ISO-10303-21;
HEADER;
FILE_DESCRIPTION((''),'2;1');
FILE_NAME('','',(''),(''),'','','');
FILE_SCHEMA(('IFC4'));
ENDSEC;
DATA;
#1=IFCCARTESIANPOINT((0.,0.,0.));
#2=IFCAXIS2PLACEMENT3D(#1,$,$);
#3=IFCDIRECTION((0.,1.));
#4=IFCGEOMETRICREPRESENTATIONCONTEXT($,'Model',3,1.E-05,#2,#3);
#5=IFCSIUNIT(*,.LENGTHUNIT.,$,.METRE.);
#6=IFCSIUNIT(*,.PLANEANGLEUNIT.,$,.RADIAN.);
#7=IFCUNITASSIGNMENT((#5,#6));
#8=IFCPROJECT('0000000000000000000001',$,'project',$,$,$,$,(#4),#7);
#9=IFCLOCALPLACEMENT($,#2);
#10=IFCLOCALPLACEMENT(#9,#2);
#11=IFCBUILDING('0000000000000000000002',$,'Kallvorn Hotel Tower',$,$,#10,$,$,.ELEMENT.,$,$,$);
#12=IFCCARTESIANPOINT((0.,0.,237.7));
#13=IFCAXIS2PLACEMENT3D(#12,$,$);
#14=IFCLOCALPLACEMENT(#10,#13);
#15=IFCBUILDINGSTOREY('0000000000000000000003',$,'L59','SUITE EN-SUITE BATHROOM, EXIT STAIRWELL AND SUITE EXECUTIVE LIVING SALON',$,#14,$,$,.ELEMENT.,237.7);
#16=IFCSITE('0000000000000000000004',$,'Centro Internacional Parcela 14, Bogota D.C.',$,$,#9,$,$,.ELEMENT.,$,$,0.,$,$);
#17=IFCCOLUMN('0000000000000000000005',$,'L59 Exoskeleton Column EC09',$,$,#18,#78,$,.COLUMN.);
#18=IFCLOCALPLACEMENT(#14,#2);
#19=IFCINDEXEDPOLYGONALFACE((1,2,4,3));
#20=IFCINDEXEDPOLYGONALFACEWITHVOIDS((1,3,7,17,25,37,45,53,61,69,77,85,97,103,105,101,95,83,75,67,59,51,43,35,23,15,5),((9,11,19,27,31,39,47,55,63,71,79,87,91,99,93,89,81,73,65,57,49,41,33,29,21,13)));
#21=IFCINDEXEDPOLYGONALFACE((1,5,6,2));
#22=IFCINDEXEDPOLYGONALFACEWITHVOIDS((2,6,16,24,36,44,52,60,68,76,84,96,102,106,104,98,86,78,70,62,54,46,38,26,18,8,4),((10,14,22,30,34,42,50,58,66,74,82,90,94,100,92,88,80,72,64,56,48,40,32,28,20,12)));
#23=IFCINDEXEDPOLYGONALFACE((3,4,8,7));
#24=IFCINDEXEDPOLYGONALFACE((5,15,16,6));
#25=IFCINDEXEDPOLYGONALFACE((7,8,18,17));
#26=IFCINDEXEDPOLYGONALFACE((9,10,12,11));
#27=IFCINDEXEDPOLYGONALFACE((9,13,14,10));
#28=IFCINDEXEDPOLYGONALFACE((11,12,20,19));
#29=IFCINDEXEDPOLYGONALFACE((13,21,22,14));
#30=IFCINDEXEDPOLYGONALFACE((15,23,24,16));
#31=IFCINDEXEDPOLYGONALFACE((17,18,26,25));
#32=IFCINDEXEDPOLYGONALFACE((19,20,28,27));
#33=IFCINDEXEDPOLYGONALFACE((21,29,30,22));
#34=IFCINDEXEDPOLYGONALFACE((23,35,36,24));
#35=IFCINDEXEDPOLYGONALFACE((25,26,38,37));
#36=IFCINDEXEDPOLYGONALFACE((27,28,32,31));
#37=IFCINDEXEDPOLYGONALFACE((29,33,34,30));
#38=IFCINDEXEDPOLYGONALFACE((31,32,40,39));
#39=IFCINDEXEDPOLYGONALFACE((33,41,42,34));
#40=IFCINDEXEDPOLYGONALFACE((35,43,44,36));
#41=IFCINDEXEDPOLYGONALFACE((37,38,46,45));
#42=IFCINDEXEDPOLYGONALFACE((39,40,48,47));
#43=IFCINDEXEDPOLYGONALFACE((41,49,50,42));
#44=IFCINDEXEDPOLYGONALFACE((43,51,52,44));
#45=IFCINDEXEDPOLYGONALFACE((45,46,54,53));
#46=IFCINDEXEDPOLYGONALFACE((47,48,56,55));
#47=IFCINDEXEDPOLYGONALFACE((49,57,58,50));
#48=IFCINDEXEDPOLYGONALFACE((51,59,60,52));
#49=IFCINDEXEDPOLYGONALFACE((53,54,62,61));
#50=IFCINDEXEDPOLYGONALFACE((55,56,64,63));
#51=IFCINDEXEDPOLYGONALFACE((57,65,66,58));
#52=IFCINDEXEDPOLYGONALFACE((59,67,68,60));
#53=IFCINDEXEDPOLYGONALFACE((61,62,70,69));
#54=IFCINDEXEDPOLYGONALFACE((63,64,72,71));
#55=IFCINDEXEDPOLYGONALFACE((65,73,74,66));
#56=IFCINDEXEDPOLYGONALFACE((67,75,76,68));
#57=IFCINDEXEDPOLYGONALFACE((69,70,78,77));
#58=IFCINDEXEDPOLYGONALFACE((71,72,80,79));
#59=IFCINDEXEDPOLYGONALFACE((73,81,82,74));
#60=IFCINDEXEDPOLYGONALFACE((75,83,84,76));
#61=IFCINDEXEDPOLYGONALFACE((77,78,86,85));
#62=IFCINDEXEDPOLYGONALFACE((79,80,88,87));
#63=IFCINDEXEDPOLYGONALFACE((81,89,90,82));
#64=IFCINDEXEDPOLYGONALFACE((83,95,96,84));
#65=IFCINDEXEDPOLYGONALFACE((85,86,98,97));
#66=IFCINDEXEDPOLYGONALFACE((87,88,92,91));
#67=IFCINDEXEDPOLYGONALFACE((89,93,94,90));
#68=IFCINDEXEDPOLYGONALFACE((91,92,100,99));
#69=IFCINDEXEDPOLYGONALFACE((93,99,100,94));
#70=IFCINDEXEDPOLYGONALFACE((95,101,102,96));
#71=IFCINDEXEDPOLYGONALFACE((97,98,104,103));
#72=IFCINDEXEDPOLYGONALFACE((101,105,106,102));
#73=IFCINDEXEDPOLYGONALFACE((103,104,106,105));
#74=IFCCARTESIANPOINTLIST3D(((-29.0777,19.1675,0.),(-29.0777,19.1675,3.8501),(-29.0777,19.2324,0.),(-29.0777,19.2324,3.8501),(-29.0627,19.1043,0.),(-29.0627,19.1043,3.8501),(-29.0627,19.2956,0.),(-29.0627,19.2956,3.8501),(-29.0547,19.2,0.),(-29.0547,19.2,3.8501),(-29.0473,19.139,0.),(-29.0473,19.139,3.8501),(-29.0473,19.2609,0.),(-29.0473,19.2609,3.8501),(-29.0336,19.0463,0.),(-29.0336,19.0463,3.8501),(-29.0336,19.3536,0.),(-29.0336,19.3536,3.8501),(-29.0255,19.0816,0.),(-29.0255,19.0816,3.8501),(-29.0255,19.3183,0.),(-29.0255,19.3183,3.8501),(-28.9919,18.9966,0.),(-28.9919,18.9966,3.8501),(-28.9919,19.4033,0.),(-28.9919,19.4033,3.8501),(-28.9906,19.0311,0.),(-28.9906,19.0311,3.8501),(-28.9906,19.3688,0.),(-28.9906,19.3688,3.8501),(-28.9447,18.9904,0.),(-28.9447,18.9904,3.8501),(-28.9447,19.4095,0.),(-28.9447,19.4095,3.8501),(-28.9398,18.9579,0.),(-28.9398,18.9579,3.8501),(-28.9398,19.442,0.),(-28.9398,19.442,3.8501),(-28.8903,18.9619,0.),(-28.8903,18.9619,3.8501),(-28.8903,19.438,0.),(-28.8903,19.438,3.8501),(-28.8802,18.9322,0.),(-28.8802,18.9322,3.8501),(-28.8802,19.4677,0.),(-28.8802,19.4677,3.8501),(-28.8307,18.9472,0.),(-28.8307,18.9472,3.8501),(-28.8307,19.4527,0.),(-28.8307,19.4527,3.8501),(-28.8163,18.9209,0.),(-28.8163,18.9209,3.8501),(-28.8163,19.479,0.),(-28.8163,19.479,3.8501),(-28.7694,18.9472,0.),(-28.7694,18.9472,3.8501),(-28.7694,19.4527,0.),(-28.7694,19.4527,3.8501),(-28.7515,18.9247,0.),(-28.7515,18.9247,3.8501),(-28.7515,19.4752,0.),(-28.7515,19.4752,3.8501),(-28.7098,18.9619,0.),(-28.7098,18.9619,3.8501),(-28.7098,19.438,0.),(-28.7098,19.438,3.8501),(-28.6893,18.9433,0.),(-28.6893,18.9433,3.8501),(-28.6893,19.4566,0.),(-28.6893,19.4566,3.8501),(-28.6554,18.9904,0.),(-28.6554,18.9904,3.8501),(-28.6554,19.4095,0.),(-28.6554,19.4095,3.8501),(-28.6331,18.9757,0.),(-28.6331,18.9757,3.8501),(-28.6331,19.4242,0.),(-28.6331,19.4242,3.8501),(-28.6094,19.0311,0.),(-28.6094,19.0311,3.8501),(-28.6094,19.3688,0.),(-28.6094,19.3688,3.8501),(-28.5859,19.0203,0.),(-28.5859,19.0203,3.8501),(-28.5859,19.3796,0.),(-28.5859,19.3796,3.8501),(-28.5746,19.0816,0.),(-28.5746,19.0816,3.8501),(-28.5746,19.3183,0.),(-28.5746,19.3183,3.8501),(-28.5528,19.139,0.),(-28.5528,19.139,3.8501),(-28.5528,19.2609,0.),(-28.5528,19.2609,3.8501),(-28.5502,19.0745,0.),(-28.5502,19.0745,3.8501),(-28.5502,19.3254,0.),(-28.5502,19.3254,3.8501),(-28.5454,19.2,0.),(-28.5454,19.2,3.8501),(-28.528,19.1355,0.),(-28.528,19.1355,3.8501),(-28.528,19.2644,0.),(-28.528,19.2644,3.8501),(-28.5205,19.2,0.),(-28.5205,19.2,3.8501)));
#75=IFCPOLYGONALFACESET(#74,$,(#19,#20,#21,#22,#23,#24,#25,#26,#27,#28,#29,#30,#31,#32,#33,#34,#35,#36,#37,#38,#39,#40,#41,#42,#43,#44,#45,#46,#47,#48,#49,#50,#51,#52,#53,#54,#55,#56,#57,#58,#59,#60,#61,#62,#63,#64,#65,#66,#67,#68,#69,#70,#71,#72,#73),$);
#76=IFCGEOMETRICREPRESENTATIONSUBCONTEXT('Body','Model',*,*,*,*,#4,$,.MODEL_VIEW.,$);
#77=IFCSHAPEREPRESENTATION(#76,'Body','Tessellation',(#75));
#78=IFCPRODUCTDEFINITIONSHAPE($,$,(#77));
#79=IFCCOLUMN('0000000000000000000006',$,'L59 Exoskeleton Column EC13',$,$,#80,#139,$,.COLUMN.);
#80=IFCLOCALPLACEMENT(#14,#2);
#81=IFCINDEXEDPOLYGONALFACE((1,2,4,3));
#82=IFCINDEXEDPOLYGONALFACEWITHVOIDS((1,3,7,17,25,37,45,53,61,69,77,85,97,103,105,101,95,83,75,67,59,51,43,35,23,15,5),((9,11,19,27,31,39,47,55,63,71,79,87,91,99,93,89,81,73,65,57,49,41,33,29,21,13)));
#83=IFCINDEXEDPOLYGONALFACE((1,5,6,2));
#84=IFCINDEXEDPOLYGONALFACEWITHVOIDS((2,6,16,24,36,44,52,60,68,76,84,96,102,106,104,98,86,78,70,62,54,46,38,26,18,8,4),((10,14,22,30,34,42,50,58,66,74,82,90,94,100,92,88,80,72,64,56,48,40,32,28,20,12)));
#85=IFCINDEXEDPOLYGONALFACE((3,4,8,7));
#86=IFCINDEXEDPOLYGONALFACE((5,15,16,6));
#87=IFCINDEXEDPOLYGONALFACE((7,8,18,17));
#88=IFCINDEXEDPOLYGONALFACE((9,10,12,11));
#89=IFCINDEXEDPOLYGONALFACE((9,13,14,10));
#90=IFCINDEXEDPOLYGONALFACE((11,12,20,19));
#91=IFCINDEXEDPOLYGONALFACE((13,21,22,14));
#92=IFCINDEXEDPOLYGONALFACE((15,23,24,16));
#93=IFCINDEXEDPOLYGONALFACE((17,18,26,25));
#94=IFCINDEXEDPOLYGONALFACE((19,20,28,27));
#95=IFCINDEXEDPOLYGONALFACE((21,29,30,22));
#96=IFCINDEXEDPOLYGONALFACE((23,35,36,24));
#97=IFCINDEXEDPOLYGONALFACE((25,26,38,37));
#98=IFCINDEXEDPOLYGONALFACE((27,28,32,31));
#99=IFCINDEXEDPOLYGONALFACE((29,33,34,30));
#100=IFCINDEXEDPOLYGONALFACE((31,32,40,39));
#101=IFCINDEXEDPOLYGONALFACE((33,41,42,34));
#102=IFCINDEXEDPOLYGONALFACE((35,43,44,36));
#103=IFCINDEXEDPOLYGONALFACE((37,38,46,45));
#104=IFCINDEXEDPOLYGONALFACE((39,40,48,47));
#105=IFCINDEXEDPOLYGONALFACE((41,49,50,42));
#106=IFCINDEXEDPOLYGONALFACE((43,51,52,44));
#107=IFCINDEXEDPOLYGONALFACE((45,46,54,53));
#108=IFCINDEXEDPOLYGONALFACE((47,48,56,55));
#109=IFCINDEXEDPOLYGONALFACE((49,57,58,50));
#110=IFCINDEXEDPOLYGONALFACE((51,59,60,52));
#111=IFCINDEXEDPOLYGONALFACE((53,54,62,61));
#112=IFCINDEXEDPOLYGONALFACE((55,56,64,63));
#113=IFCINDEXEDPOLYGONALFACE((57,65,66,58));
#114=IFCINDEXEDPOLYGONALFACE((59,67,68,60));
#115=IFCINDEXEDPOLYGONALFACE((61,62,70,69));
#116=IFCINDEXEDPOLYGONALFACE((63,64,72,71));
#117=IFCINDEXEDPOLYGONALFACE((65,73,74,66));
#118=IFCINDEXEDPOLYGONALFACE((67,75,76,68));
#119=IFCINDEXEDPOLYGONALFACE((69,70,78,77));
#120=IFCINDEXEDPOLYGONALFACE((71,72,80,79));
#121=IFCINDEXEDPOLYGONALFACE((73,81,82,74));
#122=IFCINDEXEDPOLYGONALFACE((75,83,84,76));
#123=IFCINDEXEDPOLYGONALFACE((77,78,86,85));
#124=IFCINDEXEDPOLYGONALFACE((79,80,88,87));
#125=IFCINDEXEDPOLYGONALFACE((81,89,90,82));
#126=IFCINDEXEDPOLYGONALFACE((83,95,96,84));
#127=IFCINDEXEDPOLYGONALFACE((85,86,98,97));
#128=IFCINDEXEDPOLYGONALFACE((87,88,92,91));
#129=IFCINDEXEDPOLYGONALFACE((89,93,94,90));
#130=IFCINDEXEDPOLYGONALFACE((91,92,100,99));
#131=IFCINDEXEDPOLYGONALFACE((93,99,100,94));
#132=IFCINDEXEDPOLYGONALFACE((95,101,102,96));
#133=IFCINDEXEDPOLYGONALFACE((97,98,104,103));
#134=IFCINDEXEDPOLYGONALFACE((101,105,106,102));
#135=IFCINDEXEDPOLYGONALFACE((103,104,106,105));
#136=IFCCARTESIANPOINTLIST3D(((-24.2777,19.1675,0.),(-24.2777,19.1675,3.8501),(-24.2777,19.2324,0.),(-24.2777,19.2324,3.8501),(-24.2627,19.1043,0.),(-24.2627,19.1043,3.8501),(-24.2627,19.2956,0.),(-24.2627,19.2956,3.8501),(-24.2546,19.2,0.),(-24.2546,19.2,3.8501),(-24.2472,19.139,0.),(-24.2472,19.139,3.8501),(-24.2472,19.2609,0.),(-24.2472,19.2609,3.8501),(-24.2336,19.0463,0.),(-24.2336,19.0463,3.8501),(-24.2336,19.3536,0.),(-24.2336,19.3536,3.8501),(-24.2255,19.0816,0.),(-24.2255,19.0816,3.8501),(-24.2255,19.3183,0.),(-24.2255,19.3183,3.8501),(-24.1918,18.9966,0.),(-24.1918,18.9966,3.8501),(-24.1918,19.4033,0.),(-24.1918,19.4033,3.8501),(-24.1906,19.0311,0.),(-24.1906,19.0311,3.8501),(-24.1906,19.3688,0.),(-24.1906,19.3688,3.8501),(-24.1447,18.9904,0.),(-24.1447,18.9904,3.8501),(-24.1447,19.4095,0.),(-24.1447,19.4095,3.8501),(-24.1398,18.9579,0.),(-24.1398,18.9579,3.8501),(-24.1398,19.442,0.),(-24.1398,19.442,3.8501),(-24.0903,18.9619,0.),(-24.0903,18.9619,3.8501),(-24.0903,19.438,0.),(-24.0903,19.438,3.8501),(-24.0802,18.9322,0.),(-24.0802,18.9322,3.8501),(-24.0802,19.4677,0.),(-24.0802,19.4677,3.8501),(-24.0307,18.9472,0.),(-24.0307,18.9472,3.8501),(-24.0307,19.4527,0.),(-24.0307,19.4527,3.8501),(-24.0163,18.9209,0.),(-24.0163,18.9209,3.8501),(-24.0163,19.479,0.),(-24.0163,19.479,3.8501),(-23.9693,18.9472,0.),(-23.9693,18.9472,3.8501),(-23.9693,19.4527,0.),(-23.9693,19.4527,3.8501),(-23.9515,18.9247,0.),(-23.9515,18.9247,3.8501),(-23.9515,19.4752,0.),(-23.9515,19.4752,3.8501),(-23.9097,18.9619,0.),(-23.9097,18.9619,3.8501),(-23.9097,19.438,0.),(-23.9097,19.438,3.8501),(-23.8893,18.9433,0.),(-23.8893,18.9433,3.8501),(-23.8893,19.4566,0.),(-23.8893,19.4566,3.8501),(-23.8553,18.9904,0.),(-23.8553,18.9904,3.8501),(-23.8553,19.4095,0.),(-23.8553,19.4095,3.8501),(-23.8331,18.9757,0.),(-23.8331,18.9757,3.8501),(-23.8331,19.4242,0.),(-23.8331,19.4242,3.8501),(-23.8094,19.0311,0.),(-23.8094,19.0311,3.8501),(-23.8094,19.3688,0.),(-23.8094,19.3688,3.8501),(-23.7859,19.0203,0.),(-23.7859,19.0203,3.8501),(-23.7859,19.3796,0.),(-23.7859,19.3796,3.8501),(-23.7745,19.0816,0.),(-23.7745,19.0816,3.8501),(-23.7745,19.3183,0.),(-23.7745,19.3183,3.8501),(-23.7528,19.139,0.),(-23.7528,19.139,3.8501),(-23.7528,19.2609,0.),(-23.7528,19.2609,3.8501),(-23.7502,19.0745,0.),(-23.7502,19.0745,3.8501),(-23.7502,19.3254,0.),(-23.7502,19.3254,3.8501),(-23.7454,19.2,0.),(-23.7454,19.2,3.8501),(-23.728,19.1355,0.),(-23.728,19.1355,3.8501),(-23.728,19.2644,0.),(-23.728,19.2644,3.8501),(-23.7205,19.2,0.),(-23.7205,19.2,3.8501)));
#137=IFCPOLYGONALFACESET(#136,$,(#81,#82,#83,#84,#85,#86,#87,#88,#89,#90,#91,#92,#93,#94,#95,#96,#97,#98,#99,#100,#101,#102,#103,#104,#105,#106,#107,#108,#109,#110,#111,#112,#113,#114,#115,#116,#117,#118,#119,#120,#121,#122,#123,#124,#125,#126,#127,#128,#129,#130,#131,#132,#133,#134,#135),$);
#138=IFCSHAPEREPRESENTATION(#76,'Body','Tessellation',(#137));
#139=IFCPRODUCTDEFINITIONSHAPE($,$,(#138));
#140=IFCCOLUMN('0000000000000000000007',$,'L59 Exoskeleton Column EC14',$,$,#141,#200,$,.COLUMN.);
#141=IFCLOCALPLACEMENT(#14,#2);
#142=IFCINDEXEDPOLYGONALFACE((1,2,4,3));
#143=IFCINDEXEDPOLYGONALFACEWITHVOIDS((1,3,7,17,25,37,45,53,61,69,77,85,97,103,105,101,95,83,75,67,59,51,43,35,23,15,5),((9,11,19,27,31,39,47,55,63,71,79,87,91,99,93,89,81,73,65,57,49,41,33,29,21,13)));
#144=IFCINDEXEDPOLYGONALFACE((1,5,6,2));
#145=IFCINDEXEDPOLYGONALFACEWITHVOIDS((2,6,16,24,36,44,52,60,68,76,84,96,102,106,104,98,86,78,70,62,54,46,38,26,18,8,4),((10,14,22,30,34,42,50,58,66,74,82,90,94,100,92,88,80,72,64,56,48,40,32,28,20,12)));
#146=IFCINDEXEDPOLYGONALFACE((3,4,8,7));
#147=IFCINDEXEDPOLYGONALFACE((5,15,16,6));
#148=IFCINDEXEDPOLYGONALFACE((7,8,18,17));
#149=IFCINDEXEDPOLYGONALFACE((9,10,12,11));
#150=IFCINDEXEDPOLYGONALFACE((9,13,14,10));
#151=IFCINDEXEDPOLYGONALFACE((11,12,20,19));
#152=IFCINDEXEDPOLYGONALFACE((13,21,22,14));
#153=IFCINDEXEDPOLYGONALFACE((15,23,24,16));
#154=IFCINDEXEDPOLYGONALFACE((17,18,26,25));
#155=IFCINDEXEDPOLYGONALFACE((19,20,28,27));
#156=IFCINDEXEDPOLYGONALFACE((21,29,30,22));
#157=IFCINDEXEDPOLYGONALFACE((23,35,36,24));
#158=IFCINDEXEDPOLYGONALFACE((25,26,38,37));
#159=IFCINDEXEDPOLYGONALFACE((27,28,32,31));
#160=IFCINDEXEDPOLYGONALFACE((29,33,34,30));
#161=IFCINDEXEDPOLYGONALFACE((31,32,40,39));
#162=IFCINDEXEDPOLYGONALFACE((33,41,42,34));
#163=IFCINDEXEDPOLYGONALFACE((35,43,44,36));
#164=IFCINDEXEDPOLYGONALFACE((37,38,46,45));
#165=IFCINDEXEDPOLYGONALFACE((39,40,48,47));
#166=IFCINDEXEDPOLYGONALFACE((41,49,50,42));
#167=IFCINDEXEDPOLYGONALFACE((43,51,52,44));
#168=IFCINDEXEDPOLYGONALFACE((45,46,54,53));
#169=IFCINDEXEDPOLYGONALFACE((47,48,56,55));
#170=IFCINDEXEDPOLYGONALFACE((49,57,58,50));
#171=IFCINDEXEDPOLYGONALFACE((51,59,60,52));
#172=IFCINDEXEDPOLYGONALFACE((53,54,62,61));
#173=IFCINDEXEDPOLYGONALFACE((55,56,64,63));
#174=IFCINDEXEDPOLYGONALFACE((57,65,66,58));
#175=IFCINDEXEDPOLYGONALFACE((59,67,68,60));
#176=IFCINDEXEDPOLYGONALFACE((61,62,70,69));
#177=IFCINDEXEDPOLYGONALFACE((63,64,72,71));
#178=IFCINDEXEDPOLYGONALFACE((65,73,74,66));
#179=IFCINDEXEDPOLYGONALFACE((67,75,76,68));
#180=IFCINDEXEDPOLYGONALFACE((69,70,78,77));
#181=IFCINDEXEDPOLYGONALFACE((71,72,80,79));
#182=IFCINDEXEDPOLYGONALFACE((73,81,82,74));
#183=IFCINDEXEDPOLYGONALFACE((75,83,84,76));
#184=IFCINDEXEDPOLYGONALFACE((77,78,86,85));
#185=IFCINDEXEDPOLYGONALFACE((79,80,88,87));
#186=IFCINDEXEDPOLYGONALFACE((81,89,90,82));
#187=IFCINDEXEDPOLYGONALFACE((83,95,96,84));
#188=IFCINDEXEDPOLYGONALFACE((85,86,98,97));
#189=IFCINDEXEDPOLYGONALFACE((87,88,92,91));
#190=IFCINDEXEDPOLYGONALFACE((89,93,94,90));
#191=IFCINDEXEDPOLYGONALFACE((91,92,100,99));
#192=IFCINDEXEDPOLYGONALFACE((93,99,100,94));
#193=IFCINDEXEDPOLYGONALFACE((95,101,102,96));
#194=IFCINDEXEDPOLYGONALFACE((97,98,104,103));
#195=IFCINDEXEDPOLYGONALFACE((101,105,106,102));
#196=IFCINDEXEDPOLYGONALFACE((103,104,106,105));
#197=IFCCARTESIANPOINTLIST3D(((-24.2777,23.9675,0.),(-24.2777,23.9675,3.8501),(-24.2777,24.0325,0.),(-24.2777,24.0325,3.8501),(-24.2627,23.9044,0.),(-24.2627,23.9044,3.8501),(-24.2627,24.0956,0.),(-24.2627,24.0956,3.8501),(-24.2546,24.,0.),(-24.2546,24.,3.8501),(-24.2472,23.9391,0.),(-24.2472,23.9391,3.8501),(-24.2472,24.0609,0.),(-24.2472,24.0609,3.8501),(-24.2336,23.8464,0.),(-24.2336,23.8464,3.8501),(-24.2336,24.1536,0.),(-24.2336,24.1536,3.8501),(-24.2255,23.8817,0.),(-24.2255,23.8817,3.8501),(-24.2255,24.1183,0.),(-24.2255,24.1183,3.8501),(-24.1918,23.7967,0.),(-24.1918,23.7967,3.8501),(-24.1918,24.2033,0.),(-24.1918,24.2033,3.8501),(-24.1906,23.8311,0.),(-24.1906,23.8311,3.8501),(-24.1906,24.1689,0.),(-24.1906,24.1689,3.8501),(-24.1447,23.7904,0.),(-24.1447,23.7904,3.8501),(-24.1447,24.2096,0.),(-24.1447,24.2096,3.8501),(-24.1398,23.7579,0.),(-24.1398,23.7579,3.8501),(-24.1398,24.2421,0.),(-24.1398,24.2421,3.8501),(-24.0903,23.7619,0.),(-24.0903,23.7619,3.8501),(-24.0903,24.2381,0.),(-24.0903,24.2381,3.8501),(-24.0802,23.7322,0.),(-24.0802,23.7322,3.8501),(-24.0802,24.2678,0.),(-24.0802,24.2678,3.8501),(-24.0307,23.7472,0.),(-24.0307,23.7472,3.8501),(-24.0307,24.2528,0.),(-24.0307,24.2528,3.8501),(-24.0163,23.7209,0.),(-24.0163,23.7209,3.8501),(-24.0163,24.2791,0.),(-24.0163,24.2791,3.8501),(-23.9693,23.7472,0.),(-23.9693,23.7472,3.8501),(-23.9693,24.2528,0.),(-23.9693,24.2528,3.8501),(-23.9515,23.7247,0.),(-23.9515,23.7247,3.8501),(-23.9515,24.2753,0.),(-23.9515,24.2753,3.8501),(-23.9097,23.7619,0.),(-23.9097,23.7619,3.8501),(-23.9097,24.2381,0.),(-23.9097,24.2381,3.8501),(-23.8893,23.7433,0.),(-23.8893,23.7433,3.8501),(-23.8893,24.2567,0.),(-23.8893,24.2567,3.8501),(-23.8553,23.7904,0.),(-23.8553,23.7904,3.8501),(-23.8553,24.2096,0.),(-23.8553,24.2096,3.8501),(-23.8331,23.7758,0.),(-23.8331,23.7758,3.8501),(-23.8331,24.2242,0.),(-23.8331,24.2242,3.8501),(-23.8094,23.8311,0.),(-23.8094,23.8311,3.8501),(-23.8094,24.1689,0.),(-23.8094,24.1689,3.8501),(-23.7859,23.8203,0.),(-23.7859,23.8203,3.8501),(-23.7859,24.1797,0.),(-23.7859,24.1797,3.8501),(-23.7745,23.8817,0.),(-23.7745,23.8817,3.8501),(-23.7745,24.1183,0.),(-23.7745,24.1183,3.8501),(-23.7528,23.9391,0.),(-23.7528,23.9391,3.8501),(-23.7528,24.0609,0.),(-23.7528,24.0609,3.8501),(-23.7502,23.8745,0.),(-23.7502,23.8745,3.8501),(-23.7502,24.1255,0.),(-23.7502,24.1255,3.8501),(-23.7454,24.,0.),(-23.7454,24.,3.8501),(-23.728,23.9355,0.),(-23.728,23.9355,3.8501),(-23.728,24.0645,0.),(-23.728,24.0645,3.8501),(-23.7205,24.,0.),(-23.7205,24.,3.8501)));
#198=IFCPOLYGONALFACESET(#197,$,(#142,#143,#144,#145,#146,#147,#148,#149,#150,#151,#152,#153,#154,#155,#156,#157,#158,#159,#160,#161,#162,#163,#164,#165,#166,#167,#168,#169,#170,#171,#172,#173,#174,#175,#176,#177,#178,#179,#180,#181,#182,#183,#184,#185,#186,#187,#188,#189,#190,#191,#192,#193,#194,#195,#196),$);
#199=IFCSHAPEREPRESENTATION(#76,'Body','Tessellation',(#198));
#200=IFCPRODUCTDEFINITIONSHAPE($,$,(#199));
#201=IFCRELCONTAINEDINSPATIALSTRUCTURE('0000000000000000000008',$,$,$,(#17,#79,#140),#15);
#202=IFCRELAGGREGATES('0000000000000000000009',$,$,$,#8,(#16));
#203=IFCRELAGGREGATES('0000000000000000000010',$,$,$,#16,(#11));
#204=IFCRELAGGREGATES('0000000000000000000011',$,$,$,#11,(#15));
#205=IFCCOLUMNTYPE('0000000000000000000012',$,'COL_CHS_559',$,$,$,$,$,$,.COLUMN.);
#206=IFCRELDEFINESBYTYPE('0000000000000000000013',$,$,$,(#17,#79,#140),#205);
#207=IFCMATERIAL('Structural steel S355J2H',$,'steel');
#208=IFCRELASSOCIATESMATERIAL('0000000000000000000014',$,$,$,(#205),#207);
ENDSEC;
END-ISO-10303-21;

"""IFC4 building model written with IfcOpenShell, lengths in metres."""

from ifc_helpers import new_model, si_unit, direction, frame, origin, origin_2d, place, context, subcontext, project, spatial, hollow_circle, extrude, material, material_profile, profile_set, type_object, element, save


model = new_model("IFC4")

# Units and contexts
model_context = context("Model", 3, precision=1e-05, world=origin(), true_north=direction((0.0, 1.0)))
body_context = subcontext(model_context, "Body", "Model", "MODEL_VIEW")
ifc_project = project(units=[si_unit("LENGTHUNIT", "METRE"), si_unit("PLANEANGLEUNIT", "RADIAN")], contexts=[model_context])

# Site, building, storey
site_placement = place(None, origin())
site = spatial("IfcSite", under=ifc_project, at=site_placement, Name="Centro Internacional Parcela 14, Bogota D.C.", CompositionType="ELEMENT", RefElevation=0.0)
building_placement = place(site_placement, origin())
building = spatial("IfcBuilding", under=site, at=building_placement, Name="Kallvorn Hotel Tower", CompositionType="ELEMENT")
storey_placement = place(building_placement, frame((0.0, 0.0, 237.7)))
storey = spatial("IfcBuildingStorey", under=building, at=storey_placement, Name="L59", Description="SUITE EN-SUITE BATHROOM, EXIT STAIRWELL AND SUITE EXECUTIVE LIVING SALON", CompositionType="ELEMENT", Elevation=237.7)

# Columns
ifc_material_1 = material(Name="Structural steel S355J2H", Category="steel")
ifc_material_profile_1 = material_profile(ifc_material_1, hollow_circle(Radius=0.2795, WallThickness=0.0249, at=origin_2d()), Name="CHS 559x25")
ifc_profile_set_1 = profile_set([ifc_material_profile_1], Name="Structural steel S355J2H")
column_type_1 = type_object("IfcColumnType", Name="COL_CHS_559", PredefinedType="COLUMN", material=ifc_profile_set_1)
for number, where, z_axis, x_axis, name in (
    (1, (-28.8, 19.2, 0.0), (0.0, 0.0, 1.0), (1.0, 0.0, 0.0), "L59 Exoskeleton Column EC09"),
    (2, (-24.0, 19.2, 0.0), (0.0, 0.0, 1.0), (1.0, 0.0, 0.0), "L59 Exoskeleton Column EC13"),
    (3, (-24.0, 24.0, 0.0), (0.0, 0.0, 1.0), (1.0, 0.0, 0.0), "L59 Exoskeleton Column EC14"),
):
    element("IfcColumn", number, at=place(storey_placement, frame(where, z_axis=z_axis, x_axis=x_axis)), inside=storey, type_object=column_type_1, Name=name, PredefinedType="COLUMN", context=body_context, shape_type="SweptSolid", body=[
        extrude(hollow_circle(Radius=0.2795, WallThickness=0.0249, at=origin_2d()), origin(), (0.0, 0.0, 1.0), 3.8501),
    ])

save(model, "model.ifc")
